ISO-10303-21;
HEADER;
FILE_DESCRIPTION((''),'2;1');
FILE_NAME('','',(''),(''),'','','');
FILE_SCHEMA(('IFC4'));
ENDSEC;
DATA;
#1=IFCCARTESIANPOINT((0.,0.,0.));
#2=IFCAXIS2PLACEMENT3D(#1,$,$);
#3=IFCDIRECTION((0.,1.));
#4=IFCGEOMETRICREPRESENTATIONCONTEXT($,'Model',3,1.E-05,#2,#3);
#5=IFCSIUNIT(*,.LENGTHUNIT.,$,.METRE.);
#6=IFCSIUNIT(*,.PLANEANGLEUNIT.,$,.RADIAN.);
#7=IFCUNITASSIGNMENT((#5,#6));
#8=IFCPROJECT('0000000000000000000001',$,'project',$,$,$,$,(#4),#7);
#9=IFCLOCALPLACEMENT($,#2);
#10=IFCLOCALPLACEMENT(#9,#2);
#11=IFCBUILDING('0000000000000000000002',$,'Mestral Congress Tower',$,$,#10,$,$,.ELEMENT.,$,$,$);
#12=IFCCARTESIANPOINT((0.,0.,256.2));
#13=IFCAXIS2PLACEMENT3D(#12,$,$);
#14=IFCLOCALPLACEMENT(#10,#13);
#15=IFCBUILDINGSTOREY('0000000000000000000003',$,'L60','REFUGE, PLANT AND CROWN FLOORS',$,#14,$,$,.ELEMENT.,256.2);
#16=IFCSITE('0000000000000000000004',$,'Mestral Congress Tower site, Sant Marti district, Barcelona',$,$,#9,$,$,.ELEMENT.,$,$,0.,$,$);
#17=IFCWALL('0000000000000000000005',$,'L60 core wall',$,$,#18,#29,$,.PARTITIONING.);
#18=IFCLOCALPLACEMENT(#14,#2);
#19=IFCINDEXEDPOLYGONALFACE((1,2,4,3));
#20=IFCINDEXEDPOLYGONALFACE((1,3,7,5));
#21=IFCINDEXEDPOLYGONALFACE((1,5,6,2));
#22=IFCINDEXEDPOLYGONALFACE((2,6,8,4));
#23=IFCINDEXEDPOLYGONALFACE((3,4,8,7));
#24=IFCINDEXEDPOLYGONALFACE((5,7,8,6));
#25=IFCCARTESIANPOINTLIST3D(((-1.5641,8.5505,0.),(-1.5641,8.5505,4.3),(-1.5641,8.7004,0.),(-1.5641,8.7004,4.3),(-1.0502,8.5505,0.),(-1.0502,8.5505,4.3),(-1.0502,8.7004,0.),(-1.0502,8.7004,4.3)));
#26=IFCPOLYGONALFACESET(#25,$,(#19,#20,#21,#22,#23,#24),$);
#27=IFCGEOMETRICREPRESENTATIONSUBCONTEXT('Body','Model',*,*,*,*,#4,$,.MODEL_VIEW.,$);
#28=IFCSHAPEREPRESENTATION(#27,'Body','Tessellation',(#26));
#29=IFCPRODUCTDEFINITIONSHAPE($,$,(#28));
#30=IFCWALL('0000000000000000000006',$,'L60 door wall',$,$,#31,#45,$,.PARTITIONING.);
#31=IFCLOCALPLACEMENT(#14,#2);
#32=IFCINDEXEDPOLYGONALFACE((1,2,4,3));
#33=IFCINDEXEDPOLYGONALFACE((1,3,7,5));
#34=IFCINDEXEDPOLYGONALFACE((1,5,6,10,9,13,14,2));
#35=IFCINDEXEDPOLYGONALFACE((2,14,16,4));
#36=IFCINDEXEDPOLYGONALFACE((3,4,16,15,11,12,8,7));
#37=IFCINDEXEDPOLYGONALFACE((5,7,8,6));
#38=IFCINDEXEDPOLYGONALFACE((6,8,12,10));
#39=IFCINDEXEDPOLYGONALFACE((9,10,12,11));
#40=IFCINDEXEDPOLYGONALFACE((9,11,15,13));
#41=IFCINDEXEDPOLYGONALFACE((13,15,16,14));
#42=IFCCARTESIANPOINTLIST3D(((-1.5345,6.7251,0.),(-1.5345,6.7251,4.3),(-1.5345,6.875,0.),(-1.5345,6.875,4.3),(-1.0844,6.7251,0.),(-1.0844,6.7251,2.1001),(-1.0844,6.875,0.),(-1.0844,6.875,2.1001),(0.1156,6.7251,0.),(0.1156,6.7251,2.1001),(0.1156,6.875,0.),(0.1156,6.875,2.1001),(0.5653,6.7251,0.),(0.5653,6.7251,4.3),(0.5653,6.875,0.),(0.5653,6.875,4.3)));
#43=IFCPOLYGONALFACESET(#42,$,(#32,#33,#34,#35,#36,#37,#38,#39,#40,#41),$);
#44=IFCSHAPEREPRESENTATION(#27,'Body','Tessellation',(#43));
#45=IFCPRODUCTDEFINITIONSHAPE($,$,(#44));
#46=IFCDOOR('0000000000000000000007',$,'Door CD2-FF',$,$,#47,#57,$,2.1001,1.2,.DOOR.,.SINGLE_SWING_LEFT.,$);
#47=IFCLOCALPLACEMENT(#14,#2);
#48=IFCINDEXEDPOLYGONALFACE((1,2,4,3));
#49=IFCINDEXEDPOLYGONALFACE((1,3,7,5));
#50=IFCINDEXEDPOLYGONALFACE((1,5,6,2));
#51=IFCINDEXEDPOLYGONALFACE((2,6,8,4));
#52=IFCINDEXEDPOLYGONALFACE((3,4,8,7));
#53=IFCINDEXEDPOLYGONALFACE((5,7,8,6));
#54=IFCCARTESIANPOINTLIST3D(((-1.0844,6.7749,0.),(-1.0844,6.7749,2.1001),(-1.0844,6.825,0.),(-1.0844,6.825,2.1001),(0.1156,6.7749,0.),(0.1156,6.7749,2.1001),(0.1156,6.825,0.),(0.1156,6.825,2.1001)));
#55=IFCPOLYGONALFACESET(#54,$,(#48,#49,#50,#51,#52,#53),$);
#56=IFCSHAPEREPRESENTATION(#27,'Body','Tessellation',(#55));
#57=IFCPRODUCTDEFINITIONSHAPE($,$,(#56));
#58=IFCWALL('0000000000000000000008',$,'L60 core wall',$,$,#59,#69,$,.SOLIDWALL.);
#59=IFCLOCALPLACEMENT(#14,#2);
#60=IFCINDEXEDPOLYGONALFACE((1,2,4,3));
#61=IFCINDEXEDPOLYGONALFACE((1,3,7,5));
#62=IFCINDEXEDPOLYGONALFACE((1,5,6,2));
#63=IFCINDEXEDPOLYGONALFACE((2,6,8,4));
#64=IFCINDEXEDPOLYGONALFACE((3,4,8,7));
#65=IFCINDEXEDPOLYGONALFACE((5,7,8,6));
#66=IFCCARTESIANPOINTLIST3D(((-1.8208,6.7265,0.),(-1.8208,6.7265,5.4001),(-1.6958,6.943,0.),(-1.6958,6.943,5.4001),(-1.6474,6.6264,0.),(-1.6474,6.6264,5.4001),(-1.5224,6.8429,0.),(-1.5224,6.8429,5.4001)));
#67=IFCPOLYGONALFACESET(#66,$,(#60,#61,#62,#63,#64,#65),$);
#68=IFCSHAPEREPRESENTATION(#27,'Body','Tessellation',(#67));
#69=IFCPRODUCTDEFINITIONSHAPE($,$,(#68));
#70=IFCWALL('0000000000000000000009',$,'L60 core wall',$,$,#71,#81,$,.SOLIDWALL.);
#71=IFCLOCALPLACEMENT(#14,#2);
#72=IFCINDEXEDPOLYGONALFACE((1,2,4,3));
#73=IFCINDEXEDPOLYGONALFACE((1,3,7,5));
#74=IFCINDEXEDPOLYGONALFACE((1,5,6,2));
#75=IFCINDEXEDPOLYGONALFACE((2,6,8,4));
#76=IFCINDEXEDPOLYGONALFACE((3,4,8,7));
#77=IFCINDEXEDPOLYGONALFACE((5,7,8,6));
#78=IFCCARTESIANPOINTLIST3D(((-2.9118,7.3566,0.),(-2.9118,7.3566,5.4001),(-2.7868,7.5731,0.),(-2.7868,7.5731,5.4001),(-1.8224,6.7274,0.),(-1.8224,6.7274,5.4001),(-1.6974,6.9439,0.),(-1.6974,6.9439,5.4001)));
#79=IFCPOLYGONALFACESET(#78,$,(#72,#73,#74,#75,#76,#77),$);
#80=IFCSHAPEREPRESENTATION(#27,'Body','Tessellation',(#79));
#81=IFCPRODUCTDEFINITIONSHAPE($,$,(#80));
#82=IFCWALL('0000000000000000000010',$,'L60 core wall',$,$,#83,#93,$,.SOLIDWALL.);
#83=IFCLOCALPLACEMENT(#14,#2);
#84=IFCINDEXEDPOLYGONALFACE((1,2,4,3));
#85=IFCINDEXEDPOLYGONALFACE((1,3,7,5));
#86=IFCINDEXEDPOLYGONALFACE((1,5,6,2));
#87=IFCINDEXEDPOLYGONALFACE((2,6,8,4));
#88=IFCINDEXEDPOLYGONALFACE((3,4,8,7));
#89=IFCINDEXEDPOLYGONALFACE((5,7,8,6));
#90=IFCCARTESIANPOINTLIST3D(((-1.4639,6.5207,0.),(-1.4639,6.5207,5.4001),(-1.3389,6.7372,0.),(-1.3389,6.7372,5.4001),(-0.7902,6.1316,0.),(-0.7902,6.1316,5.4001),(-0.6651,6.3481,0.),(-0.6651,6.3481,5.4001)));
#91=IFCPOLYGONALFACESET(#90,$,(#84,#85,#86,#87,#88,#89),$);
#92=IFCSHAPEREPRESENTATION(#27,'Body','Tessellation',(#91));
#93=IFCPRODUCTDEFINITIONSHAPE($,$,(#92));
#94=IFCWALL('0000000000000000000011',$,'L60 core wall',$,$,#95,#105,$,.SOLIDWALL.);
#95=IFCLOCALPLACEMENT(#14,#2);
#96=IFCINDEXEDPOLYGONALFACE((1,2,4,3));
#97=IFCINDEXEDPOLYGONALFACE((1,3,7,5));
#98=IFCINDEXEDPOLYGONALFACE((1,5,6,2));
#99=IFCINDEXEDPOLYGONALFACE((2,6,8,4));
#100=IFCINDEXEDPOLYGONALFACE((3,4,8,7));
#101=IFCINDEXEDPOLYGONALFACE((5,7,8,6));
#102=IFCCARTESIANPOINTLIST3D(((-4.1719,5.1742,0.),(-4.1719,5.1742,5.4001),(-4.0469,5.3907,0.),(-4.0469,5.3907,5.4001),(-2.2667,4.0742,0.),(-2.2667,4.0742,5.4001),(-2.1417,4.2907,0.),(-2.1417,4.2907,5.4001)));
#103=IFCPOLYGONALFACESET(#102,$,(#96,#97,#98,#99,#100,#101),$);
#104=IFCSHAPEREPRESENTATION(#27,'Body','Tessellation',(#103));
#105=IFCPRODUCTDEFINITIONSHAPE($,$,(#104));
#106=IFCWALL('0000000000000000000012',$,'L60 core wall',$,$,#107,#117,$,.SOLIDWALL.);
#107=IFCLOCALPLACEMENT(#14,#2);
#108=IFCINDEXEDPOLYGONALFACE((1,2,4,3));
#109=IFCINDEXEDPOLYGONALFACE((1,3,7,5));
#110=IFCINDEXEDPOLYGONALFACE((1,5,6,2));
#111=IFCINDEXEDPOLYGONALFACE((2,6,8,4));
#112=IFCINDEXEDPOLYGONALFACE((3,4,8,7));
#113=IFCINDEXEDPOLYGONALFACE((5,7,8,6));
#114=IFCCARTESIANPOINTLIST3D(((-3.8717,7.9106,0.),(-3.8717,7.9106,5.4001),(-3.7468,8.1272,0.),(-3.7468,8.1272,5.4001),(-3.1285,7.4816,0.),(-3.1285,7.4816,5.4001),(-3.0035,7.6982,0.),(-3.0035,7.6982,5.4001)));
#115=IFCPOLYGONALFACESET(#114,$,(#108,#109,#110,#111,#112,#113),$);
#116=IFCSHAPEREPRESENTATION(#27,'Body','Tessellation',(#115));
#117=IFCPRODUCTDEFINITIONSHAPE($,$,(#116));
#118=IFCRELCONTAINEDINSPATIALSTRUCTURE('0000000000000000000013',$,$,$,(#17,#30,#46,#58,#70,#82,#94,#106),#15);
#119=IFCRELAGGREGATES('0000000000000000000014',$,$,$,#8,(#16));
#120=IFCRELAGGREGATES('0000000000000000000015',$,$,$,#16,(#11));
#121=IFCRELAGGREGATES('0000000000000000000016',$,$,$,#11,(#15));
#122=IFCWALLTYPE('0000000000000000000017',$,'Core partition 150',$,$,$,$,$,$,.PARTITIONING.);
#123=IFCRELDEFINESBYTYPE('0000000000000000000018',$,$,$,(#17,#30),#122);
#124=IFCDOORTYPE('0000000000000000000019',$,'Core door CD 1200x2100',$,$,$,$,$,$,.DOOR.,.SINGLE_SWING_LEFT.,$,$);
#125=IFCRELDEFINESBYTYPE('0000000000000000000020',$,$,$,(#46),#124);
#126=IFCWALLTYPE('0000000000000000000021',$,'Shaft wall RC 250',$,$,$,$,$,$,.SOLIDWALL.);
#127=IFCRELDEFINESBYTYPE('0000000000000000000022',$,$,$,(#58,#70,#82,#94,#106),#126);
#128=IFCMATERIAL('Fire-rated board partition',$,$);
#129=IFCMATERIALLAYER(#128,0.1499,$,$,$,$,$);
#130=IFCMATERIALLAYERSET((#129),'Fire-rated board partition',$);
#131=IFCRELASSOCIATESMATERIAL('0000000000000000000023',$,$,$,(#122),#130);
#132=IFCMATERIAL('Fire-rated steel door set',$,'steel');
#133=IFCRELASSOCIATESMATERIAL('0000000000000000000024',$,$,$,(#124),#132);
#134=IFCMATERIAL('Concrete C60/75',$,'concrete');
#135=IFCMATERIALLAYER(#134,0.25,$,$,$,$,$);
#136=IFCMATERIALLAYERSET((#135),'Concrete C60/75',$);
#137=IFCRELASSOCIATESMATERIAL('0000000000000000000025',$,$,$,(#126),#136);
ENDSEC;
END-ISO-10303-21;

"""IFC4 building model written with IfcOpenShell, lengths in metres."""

from ifc_helpers import new_model, si_unit, direction, frame, frame_2d, origin, place, context, subcontext, project, spatial, rectangle, extrude, material, layer, layer_set, type_object, element, fill, save


model = new_model("IFC4")

# Units and contexts
model_context = context("Model", 3, precision=1e-05, world=origin(), true_north=direction((0.0, 1.0)))
body_context = subcontext(model_context, "Body", "Model", "MODEL_VIEW")
ifc_project = project(units=[si_unit("LENGTHUNIT", "METRE"), si_unit("PLANEANGLEUNIT", "RADIAN")], contexts=[model_context])

# Site, building, storey
site_placement = place(None, origin())
site = spatial("IfcSite", under=ifc_project, at=site_placement, Name="Mestral Congress Tower site, Sant Marti district, Barcelona", CompositionType="ELEMENT", RefElevation=0.0)
building_placement = place(site_placement, origin())
building = spatial("IfcBuilding", under=site, at=building_placement, Name="Mestral Congress Tower", CompositionType="ELEMENT")
storey_placement = place(building_placement, frame((0.0, 0.0, 256.2)))
storey = spatial("IfcBuildingStorey", under=building, at=storey_placement, Name="L60", Description="REFUGE, PLANT AND CROWN FLOORS", CompositionType="ELEMENT", Elevation=256.2)

# Wall
ifc_material_1 = material(Name="Fire-rated board partition")
ifc_layer_1 = layer(ifc_material_1, 0.1499)
ifc_layer_set_1 = layer_set([ifc_layer_1], Name="Fire-rated board partition")
wall_type_1 = type_object("IfcWallType", Name="Core partition 150", PredefinedType="PARTITIONING", material=ifc_layer_set_1)
wall_1_placement = place(storey_placement, frame((-1.564, 8.6255, 0.0), z_axis=(0.0, 0.0, 1.0), x_axis=(1.0, 0.0, 0.0)))
element("IfcWall", 1, at=wall_1_placement, inside=storey, type_object=wall_type_1, Name="L60 core wall", PredefinedType="PARTITIONING", context=body_context, shape_type="SweptSolid", body=[
    extrude(rectangle(XDim=0.5139, YDim=0.1499, at=frame_2d((0.2568, 0.0))), origin(), (0.0, 0.0, 1.0), 4.3),
])

# Wall, opening, door
wall_2_placement = place(storey_placement, frame((-1.5344, 6.8, 0.0), z_axis=(0.0, 0.0, 1.0), x_axis=(1.0, 0.0, 0.0)))
wall_2 = element("IfcWall", 2, at=wall_2_placement, inside=storey, type_object=wall_type_1, Name="L60 door wall", PredefinedType="PARTITIONING", context=body_context, shape_type="SweptSolid", body=[
    extrude(rectangle(XDim=2.0999, YDim=0.1499, at=frame_2d((1.0498, 0.0))), origin(), (0.0, 0.0, 1.0), 4.3),
])
opening_1_placement = place(wall_2_placement, frame((0.45, 0.0, 0.0)))
opening_1 = element("IfcOpeningElement", 3, at=opening_1_placement, cuts=wall_2, PredefinedType="OPENING", context=body_context, shape_type="SweptSolid", body=[
    extrude(rectangle(XDim=1.2, YDim=2.1001, at=frame_2d((0.6001, 1.05))), frame((0.0, 0.085, 0.0), z_axis=(0.0, -1.0, 0.0), x_axis=(1.0, 0.0, 0.0)), (0.0, 0.0, 1.0), 0.1699),
])
ifc_material_2 = material(Name="Fire-rated steel door set", Category="steel")
door_type_1 = type_object("IfcDoorType", Name="Core door CD 1200x2100", OperationType="SINGLE_SWING_LEFT", PredefinedType="DOOR", material=ifc_material_2)
door_1_placement = place(opening_1_placement, origin())
door_1 = element("IfcDoor", 4, at=door_1_placement, inside=storey, type_object=door_type_1, Name="Door CD2-FF", OperationType="SINGLE_SWING_LEFT", OverallHeight=2.1001, OverallWidth=1.2, PredefinedType="DOOR", context=body_context, shape_type="SweptSolid", body=[
    extrude(rectangle(XDim=1.2, YDim=2.1001, at=frame_2d((0.6001, 1.05))), frame((0.0, 0.0249, 0.0), z_axis=(0.0, -1.0, 0.0), x_axis=(1.0, 0.0, 0.0)), (0.0, 0.0, 1.0), 0.05),
])
fill(opening_1, door_1)

# Walls
ifc_material_3 = material(Name="Concrete C60/75", Category="concrete")
ifc_layer_2 = layer(ifc_material_3, 0.25)
ifc_layer_set_2 = layer_set([ifc_layer_2], Name="Concrete C60/75")
wall_type_2 = type_object("IfcWallType", Name="Shaft wall RC 250", PredefinedType="SOLIDWALL", material=ifc_layer_set_2)
wall_3_placement = place(storey_placement, frame((-1.7583, 6.8347, 0.0), z_axis=(0.0, 0.0, 1.0), x_axis=(0.865982, -0.500074, 0.0)))
element("IfcWall", 5, at=wall_3_placement, inside=storey, type_object=wall_type_2, Name="L60 core wall", PredefinedType="SOLIDWALL", context=body_context, shape_type="SweptSolid", body=[
    extrude(rectangle(XDim=0.2002, YDim=0.25, at=frame_2d((0.1001, 0.0))), origin(), (0.0, 0.0, 1.0), 5.4001),
])
wall_4_placement = place(storey_placement, frame((-1.76, 6.8357, 0.0), z_axis=(0.0, 0.0, 1.0), x_axis=(-0.865953, 0.500126, 0.0)))
element("IfcWall", 6, at=wall_4_placement, inside=storey, type_object=wall_type_2, Name="L60 core wall", PredefinedType="SOLIDWALL", context=body_context, shape_type="SweptSolid", body=[
    extrude(rectangle(XDim=1.2581, YDim=0.25, at=frame_2d((0.6289, 0.0))), origin(), (0.0, 0.0, 1.0), 5.4001),
])
wall_5_placement = place(storey_placement, frame((-0.7275, 6.2397, 0.0), z_axis=(0.0, 0.0, 1.0), x_axis=(-0.865956, 0.500121, 0.0)))
element("IfcWall", 7, at=wall_5_placement, inside=storey, type_object=wall_type_2, Name="L60 core wall", PredefinedType="SOLIDWALL", context=body_context, shape_type="SweptSolid", body=[
    extrude(rectangle(XDim=0.7781, YDim=0.25, at=frame_2d((0.3892, 0.0))), origin(), (0.0, 0.0, 1.0), 5.4001),
])
wall_6_placement = place(storey_placement, frame((-2.2041, 4.1824, 0.0), z_axis=(0.0, 0.0, 1.0), x_axis=(-0.866008, 0.50003, 0.0)))
element("IfcWall", 8, at=wall_6_placement, inside=storey, type_object=wall_type_2, Name="L60 core wall", PredefinedType="SOLIDWALL", context=body_context, shape_type="SweptSolid", body=[
    extrude(rectangle(XDim=2.2, YDim=0.25, at=frame_2d((1.1001, 0.0))), origin(), (0.0, 0.0, 1.0), 5.4001),
])
wall_7_placement = place(storey_placement, frame((-3.0659, 7.5898, 0.0), z_axis=(0.0, 0.0, 1.0), x_axis=(-0.866081, 0.499903, 0.0)))
element("IfcWall", 9, at=wall_7_placement, inside=storey, type_object=wall_type_2, Name="L60 core wall", PredefinedType="SOLIDWALL", context=body_context, shape_type="SweptSolid", body=[
    extrude(rectangle(XDim=0.8582, YDim=0.25, at=frame_2d((0.4292, 0.0))), origin(), (0.0, 0.0, 1.0), 5.4001),
])

save(model, "model.ifc")
